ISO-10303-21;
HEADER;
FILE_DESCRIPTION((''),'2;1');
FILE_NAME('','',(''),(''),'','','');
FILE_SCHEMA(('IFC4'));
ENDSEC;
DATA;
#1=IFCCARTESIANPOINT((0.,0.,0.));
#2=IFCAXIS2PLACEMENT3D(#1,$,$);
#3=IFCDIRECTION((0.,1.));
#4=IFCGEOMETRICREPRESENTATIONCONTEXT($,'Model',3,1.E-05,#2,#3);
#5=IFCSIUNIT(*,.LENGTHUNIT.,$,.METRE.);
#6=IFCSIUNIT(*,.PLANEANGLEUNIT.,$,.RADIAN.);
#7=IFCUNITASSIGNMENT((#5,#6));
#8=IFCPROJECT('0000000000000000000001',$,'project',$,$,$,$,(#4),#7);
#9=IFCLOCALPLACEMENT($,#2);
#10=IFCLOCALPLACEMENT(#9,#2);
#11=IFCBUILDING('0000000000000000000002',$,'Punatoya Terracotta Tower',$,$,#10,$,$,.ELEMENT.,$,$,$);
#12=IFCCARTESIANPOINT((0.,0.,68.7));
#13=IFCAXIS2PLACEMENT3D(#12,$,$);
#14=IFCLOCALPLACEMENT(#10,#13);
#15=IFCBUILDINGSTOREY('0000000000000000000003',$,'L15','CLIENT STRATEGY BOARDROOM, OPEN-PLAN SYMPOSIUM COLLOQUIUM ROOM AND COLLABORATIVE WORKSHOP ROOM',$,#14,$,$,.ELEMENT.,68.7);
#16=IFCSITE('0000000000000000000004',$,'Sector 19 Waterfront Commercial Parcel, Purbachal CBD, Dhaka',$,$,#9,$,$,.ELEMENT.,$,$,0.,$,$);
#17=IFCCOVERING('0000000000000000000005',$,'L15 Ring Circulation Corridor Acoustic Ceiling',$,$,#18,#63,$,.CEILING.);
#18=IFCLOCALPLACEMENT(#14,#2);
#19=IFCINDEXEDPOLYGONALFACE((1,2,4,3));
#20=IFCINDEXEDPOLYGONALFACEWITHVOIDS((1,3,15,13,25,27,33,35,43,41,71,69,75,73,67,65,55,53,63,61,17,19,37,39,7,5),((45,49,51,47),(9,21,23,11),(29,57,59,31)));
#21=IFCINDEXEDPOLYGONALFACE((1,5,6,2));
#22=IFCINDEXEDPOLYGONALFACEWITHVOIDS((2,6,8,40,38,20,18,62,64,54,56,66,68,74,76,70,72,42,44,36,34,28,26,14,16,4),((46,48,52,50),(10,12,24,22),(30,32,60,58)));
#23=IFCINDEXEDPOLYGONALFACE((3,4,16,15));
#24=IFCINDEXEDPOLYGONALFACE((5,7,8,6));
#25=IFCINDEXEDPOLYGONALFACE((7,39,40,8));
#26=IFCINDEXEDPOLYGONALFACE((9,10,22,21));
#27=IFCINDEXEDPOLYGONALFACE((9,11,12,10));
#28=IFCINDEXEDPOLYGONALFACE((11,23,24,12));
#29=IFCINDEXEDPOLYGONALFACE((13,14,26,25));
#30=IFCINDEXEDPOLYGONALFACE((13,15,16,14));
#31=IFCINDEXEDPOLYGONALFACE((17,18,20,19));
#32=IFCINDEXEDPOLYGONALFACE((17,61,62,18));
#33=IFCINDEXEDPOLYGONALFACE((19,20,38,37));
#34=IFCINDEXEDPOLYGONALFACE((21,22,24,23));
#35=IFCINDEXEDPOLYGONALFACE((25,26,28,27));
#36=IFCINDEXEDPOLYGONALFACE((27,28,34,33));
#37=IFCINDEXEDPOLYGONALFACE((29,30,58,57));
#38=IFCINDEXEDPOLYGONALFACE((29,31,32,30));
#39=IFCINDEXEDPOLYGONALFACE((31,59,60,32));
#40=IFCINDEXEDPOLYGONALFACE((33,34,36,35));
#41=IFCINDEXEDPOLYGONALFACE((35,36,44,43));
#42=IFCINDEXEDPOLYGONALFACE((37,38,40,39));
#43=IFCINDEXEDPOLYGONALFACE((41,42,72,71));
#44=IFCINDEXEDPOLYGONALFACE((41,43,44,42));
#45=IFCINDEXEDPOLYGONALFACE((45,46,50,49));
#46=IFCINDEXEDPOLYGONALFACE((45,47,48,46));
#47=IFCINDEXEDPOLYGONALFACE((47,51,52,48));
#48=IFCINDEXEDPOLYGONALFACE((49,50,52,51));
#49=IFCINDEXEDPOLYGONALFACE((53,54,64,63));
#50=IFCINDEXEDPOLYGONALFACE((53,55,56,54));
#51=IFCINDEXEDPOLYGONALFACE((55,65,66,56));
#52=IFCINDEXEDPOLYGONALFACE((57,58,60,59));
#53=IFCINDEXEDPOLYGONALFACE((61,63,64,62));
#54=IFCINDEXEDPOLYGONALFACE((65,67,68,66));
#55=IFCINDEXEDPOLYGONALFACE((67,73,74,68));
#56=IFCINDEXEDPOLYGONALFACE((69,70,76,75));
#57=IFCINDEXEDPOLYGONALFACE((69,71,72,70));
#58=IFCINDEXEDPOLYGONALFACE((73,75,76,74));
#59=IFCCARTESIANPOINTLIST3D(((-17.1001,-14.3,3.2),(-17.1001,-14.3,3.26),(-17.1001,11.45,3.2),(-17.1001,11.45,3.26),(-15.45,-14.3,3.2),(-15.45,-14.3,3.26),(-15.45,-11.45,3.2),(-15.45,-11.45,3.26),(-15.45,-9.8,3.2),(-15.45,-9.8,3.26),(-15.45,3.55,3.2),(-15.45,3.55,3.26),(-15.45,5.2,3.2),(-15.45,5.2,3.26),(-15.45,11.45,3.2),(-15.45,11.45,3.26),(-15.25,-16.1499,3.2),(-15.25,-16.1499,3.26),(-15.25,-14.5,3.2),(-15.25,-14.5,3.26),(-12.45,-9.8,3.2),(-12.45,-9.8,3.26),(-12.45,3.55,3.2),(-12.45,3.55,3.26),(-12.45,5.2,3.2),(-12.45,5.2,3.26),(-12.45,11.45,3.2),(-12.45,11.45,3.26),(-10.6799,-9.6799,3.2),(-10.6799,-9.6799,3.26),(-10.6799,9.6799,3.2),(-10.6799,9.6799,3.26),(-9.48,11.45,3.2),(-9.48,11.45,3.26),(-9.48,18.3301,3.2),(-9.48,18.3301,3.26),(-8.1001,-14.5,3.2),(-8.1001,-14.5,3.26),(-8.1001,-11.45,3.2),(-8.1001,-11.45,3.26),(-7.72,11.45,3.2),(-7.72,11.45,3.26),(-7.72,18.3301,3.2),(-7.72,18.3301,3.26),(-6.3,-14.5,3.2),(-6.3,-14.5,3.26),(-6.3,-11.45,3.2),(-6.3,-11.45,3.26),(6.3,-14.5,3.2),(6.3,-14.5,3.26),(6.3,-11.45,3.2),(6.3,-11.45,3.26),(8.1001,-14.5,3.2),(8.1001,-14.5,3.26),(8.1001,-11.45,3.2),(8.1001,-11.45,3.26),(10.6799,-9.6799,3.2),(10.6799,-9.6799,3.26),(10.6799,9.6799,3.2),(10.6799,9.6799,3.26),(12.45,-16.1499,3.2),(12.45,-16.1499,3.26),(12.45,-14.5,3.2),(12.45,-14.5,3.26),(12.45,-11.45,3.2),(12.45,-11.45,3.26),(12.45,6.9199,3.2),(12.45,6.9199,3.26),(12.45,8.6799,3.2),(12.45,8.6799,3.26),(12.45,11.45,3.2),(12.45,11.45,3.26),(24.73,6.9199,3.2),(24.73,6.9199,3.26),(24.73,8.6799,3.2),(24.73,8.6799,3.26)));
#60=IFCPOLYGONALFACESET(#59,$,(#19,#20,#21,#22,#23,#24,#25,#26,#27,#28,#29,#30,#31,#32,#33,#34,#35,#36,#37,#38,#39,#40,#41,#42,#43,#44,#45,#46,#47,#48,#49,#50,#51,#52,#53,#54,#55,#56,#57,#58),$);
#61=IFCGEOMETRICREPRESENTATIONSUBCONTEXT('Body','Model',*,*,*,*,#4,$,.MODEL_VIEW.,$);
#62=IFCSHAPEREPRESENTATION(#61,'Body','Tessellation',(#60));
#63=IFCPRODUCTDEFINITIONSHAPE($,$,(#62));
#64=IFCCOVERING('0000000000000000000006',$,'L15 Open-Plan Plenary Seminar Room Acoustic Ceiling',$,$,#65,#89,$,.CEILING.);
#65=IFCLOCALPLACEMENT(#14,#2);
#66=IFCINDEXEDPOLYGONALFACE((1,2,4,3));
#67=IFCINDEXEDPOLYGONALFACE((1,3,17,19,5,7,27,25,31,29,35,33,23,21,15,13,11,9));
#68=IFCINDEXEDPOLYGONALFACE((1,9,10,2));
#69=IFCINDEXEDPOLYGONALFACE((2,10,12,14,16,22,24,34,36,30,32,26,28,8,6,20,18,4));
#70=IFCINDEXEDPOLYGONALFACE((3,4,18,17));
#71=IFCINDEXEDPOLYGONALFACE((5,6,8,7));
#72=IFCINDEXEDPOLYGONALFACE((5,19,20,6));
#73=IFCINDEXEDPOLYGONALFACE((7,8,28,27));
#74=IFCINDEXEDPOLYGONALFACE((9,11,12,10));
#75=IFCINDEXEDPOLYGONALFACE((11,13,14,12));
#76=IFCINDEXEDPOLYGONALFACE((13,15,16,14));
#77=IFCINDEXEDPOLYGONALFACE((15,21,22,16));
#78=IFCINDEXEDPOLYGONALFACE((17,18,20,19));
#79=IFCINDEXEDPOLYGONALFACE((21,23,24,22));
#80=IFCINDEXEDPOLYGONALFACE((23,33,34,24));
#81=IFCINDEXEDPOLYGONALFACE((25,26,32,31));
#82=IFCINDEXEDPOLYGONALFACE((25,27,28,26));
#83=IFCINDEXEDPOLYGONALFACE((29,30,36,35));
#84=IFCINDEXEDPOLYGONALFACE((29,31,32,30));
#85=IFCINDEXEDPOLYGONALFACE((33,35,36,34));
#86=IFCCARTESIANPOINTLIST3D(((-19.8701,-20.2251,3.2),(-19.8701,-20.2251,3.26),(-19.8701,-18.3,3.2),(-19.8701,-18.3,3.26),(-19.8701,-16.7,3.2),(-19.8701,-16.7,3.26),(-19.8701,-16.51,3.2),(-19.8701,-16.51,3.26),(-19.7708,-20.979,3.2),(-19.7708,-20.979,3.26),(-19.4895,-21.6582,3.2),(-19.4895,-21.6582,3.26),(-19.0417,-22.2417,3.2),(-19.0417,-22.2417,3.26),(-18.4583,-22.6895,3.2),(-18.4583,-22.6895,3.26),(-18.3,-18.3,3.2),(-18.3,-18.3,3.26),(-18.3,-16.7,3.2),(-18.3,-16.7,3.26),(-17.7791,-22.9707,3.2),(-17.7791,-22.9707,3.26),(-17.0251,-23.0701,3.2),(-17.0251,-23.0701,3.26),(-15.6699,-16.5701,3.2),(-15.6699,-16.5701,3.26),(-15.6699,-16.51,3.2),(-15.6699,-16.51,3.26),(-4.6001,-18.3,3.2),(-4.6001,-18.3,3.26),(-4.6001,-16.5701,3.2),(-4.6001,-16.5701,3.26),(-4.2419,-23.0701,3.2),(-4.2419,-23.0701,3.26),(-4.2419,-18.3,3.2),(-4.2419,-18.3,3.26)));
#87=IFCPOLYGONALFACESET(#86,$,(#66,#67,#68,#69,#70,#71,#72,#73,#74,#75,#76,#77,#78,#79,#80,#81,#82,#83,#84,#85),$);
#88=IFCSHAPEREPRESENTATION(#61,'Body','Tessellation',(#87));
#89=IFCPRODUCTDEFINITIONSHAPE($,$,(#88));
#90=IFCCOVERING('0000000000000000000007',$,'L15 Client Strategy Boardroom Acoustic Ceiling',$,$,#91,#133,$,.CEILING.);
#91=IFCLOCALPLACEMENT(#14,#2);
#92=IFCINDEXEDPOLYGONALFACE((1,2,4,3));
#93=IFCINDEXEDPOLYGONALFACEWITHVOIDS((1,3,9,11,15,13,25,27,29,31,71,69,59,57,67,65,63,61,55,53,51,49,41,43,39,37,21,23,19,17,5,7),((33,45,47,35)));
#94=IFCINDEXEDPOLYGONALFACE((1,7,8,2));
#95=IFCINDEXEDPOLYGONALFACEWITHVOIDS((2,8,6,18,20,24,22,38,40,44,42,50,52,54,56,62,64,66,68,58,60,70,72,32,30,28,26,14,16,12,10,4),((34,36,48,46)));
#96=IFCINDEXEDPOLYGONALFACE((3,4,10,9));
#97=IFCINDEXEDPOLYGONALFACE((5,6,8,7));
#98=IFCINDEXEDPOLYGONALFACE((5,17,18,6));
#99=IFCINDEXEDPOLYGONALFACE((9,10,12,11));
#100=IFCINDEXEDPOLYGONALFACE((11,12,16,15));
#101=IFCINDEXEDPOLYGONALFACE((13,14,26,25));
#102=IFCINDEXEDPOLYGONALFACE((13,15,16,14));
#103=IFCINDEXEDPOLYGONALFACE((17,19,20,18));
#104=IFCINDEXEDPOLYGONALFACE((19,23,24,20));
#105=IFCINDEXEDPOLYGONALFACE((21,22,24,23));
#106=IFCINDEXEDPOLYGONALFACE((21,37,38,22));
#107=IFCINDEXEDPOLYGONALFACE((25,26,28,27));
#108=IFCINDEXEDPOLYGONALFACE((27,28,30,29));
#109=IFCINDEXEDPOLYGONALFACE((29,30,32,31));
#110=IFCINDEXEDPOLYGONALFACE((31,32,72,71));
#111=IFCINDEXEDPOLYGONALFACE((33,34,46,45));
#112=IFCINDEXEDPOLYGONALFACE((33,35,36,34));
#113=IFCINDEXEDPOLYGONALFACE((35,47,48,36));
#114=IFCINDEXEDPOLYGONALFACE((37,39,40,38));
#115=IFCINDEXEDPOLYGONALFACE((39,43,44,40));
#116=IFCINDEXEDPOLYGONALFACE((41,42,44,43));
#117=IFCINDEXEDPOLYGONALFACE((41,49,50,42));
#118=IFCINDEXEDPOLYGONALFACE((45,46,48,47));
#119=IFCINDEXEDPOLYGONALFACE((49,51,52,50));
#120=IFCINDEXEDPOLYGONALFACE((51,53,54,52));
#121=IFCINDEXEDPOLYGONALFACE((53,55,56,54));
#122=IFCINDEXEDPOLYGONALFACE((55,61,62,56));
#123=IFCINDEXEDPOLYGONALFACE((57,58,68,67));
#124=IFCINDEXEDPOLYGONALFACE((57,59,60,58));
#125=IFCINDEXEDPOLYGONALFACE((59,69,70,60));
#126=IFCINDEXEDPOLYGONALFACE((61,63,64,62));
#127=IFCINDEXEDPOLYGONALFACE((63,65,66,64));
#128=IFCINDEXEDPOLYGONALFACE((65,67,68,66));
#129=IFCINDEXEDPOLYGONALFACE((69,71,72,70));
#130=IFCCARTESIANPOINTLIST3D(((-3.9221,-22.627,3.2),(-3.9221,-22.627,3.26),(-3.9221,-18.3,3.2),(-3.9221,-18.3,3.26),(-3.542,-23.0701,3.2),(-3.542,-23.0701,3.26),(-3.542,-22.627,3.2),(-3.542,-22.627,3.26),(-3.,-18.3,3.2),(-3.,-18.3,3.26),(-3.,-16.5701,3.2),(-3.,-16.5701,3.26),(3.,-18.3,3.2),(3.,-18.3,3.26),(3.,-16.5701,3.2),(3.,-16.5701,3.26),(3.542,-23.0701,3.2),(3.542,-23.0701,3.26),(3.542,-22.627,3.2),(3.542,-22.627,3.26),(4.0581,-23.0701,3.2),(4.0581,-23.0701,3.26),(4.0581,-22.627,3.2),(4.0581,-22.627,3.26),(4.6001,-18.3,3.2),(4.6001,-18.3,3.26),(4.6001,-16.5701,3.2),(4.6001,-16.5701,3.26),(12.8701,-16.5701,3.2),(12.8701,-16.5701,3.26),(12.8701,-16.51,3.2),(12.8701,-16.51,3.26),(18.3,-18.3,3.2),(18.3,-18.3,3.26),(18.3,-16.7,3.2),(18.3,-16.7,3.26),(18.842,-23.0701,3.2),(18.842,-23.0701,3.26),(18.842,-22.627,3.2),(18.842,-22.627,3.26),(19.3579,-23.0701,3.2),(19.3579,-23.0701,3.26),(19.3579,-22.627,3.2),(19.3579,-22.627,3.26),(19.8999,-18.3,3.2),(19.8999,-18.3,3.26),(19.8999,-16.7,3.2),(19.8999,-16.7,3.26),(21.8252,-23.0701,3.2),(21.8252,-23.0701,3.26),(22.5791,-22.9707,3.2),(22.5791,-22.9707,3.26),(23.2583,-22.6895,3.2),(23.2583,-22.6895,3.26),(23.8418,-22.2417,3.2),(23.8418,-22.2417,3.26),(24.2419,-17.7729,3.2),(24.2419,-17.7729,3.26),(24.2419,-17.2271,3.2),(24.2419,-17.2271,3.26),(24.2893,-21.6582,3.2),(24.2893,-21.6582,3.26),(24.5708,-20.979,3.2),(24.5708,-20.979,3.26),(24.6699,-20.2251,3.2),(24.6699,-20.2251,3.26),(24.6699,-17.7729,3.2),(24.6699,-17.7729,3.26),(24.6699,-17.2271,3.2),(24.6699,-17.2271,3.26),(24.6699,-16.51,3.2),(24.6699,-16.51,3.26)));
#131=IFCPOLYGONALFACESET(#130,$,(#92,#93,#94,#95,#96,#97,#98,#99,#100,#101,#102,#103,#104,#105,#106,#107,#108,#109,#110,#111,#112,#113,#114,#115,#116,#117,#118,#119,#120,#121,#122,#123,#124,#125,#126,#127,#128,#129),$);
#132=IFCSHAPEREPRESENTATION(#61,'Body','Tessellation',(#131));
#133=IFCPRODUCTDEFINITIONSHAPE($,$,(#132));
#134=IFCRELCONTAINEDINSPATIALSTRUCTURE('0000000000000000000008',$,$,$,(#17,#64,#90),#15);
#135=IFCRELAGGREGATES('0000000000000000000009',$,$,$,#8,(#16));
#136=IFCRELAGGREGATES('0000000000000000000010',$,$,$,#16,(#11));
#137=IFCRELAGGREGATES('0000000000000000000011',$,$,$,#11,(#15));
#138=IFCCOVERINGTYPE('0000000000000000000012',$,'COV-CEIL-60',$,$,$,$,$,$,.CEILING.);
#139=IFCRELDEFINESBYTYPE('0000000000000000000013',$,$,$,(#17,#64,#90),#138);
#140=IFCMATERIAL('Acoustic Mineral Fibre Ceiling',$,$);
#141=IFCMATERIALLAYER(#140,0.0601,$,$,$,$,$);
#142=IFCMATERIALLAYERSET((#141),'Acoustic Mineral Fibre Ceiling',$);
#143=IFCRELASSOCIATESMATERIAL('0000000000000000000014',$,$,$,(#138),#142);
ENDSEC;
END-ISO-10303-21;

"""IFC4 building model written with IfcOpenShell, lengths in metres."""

from ifc_helpers import new_model, si_unit, direction, frame, origin, place, context, subcontext, project, spatial, polyline, outline, extrude, material, layer, layer_set, type_object, element, save


model = new_model("IFC4")

# Units and contexts
model_context = context("Model", 3, precision=1e-05, world=origin(), true_north=direction((0.0, 1.0)))
body_context = subcontext(model_context, "Body", "Model", "MODEL_VIEW")
ifc_project = project(units=[si_unit("LENGTHUNIT", "METRE"), si_unit("PLANEANGLEUNIT", "RADIAN")], contexts=[model_context])

# Site, building, storey
site_placement = place(None, origin())
site = spatial("IfcSite", under=ifc_project, at=site_placement, Name="Sector 19 Waterfront Commercial Parcel, Purbachal CBD, Dhaka", CompositionType="ELEMENT", RefElevation=0.0)
building_placement = place(site_placement, origin())
building = spatial("IfcBuilding", under=site, at=building_placement, Name="Punatoya Terracotta Tower", CompositionType="ELEMENT")
storey_placement = place(building_placement, frame((0.0, 0.0, 68.7)))
storey = spatial("IfcBuildingStorey", under=building, at=storey_placement, Name="L15", Description="CLIENT STRATEGY BOARDROOM, OPEN-PLAN SYMPOSIUM COLLOQUIUM ROOM AND COLLABORATIVE WORKSHOP ROOM", CompositionType="ELEMENT", Elevation=68.7)

# Coverings
ifc_material_1 = material(Name="Acoustic Mineral Fibre Ceiling")
ifc_layer_1 = layer(ifc_material_1, 0.0601)
ifc_layer_set_1 = layer_set([ifc_layer_1], Name="Acoustic Mineral Fibre Ceiling")
covering_type = type_object("IfcCoveringType", Name="COV-CEIL-60", PredefinedType="CEILING", material=ifc_layer_set_1)
covering_1_placement = place(storey_placement, frame((0.0, 0.0, 3.2)))
element("IfcCovering", 1, at=covering_1_placement, inside=storey, type_object=covering_type, Name="L15 Ring Circulation Corridor Acoustic Ceiling", PredefinedType="CEILING", context=body_context, shape_type="SweptSolid", body=[
    extrude(outline(polyline([(12.45, -16.1499), (12.45, -14.5), (8.1001, -14.5), (8.1001, -11.45), (12.45, -11.45), (12.45, 6.9199), (24.73, 6.9199), (24.73, 8.6799), (12.45, 8.6799), (12.45, 11.45), (-7.72, 11.45), (-7.72, 18.3301), (-9.48, 18.3301), (-9.48, 11.45), (-12.45, 11.45), (-12.45, 5.2), (-15.45, 5.2), (-15.45, 11.45), (-17.1001, 11.45), (-17.1001, -14.3), (-15.45, -14.3), (-15.45, -11.45), (-8.1001, -11.45), (-8.1001, -14.5), (-15.25, -14.5), (-15.25, -16.1499), (12.45, -16.1499)]), holes=[polyline([(10.6799, 9.6799), (10.6799, -9.6799), (-10.6799, -9.6799), (-10.6799, 9.6799), (10.6799, 9.6799)]), polyline([(6.3, -14.5), (-6.3, -14.5), (-6.3, -11.45), (6.3, -11.45), (6.3, -14.5)]), polyline([(-12.45, 3.55), (-12.45, -9.8), (-15.45, -9.8), (-15.45, 3.55), (-12.45, 3.55)])]), origin(), (0.0, 0.0, 1.0), 0.0601),
])
covering_2_placement = place(storey_placement, frame((0.0, 0.0, 3.2)))
element("IfcCovering", 2, at=covering_2_placement, inside=storey, type_object=covering_type, Name="L15 Open-Plan Plenary Seminar Room Acoustic Ceiling", PredefinedType="CEILING", context=body_context, shape_type="SweptSolid", body=[
    extrude(outline(polyline([(-19.0417, -22.2417), (-18.4583, -22.6895), (-17.7791, -22.9707), (-17.0251, -23.0701), (-4.2419, -23.0701), (-4.2419, -18.3), (-4.6001, -18.3), (-4.6001, -16.5701), (-15.6699, -16.5701), (-15.6699, -16.51), (-19.8701, -16.51), (-19.8701, -16.7), (-18.3, -16.7), (-18.3, -18.3), (-19.8701, -18.3), (-19.8701, -20.2251), (-19.7708, -20.979), (-19.4895, -21.6582), (-19.0417, -22.2417)])), origin(), (0.0, 0.0, 1.0), 0.0601),
])
covering_3_placement = place(storey_placement, frame((0.0, 0.0, 3.2)))
element("IfcCovering", 3, at=covering_3_placement, inside=storey, type_object=covering_type, Name="L15 Client Strategy Boardroom Acoustic Ceiling", PredefinedType="CEILING", context=body_context, shape_type="SweptSolid", body=[
    extrude(outline(polyline([(-3.0, -16.5701), (-3.0, -18.3), (-3.9221, -18.3), (-3.9221, -22.627), (-3.542, -22.627), (-3.542, -23.0701), (3.542, -23.0701), (3.542, -22.627), (4.0581, -22.627), (4.0581, -23.0701), (18.842, -23.0701), (18.842, -22.627), (19.3579, -22.627), (19.3579, -23.0701), (21.8252, -23.0701), (22.5791, -22.9707), (23.2583, -22.6895), (23.8418, -22.2417), (24.2893, -21.6582), (24.5708, -20.979), (24.6699, -20.2251), (24.6699, -17.7729), (24.2419, -17.7729), (24.2419, -17.2271), (24.6699, -17.2271), (24.6699, -16.51), (12.8701, -16.51), (12.8701, -16.5701), (4.6001, -16.5701), (4.6001, -18.3), (3.0, -18.3), (3.0, -16.5701), (-3.0, -16.5701)]), holes=[polyline([(19.8999, -18.3), (18.3, -18.3), (18.3, -16.7), (19.8999, -16.7), (19.8999, -18.3)])]), origin(), (0.0, 0.0, 1.0), 0.0601),
])

save(model, "model.ifc")
